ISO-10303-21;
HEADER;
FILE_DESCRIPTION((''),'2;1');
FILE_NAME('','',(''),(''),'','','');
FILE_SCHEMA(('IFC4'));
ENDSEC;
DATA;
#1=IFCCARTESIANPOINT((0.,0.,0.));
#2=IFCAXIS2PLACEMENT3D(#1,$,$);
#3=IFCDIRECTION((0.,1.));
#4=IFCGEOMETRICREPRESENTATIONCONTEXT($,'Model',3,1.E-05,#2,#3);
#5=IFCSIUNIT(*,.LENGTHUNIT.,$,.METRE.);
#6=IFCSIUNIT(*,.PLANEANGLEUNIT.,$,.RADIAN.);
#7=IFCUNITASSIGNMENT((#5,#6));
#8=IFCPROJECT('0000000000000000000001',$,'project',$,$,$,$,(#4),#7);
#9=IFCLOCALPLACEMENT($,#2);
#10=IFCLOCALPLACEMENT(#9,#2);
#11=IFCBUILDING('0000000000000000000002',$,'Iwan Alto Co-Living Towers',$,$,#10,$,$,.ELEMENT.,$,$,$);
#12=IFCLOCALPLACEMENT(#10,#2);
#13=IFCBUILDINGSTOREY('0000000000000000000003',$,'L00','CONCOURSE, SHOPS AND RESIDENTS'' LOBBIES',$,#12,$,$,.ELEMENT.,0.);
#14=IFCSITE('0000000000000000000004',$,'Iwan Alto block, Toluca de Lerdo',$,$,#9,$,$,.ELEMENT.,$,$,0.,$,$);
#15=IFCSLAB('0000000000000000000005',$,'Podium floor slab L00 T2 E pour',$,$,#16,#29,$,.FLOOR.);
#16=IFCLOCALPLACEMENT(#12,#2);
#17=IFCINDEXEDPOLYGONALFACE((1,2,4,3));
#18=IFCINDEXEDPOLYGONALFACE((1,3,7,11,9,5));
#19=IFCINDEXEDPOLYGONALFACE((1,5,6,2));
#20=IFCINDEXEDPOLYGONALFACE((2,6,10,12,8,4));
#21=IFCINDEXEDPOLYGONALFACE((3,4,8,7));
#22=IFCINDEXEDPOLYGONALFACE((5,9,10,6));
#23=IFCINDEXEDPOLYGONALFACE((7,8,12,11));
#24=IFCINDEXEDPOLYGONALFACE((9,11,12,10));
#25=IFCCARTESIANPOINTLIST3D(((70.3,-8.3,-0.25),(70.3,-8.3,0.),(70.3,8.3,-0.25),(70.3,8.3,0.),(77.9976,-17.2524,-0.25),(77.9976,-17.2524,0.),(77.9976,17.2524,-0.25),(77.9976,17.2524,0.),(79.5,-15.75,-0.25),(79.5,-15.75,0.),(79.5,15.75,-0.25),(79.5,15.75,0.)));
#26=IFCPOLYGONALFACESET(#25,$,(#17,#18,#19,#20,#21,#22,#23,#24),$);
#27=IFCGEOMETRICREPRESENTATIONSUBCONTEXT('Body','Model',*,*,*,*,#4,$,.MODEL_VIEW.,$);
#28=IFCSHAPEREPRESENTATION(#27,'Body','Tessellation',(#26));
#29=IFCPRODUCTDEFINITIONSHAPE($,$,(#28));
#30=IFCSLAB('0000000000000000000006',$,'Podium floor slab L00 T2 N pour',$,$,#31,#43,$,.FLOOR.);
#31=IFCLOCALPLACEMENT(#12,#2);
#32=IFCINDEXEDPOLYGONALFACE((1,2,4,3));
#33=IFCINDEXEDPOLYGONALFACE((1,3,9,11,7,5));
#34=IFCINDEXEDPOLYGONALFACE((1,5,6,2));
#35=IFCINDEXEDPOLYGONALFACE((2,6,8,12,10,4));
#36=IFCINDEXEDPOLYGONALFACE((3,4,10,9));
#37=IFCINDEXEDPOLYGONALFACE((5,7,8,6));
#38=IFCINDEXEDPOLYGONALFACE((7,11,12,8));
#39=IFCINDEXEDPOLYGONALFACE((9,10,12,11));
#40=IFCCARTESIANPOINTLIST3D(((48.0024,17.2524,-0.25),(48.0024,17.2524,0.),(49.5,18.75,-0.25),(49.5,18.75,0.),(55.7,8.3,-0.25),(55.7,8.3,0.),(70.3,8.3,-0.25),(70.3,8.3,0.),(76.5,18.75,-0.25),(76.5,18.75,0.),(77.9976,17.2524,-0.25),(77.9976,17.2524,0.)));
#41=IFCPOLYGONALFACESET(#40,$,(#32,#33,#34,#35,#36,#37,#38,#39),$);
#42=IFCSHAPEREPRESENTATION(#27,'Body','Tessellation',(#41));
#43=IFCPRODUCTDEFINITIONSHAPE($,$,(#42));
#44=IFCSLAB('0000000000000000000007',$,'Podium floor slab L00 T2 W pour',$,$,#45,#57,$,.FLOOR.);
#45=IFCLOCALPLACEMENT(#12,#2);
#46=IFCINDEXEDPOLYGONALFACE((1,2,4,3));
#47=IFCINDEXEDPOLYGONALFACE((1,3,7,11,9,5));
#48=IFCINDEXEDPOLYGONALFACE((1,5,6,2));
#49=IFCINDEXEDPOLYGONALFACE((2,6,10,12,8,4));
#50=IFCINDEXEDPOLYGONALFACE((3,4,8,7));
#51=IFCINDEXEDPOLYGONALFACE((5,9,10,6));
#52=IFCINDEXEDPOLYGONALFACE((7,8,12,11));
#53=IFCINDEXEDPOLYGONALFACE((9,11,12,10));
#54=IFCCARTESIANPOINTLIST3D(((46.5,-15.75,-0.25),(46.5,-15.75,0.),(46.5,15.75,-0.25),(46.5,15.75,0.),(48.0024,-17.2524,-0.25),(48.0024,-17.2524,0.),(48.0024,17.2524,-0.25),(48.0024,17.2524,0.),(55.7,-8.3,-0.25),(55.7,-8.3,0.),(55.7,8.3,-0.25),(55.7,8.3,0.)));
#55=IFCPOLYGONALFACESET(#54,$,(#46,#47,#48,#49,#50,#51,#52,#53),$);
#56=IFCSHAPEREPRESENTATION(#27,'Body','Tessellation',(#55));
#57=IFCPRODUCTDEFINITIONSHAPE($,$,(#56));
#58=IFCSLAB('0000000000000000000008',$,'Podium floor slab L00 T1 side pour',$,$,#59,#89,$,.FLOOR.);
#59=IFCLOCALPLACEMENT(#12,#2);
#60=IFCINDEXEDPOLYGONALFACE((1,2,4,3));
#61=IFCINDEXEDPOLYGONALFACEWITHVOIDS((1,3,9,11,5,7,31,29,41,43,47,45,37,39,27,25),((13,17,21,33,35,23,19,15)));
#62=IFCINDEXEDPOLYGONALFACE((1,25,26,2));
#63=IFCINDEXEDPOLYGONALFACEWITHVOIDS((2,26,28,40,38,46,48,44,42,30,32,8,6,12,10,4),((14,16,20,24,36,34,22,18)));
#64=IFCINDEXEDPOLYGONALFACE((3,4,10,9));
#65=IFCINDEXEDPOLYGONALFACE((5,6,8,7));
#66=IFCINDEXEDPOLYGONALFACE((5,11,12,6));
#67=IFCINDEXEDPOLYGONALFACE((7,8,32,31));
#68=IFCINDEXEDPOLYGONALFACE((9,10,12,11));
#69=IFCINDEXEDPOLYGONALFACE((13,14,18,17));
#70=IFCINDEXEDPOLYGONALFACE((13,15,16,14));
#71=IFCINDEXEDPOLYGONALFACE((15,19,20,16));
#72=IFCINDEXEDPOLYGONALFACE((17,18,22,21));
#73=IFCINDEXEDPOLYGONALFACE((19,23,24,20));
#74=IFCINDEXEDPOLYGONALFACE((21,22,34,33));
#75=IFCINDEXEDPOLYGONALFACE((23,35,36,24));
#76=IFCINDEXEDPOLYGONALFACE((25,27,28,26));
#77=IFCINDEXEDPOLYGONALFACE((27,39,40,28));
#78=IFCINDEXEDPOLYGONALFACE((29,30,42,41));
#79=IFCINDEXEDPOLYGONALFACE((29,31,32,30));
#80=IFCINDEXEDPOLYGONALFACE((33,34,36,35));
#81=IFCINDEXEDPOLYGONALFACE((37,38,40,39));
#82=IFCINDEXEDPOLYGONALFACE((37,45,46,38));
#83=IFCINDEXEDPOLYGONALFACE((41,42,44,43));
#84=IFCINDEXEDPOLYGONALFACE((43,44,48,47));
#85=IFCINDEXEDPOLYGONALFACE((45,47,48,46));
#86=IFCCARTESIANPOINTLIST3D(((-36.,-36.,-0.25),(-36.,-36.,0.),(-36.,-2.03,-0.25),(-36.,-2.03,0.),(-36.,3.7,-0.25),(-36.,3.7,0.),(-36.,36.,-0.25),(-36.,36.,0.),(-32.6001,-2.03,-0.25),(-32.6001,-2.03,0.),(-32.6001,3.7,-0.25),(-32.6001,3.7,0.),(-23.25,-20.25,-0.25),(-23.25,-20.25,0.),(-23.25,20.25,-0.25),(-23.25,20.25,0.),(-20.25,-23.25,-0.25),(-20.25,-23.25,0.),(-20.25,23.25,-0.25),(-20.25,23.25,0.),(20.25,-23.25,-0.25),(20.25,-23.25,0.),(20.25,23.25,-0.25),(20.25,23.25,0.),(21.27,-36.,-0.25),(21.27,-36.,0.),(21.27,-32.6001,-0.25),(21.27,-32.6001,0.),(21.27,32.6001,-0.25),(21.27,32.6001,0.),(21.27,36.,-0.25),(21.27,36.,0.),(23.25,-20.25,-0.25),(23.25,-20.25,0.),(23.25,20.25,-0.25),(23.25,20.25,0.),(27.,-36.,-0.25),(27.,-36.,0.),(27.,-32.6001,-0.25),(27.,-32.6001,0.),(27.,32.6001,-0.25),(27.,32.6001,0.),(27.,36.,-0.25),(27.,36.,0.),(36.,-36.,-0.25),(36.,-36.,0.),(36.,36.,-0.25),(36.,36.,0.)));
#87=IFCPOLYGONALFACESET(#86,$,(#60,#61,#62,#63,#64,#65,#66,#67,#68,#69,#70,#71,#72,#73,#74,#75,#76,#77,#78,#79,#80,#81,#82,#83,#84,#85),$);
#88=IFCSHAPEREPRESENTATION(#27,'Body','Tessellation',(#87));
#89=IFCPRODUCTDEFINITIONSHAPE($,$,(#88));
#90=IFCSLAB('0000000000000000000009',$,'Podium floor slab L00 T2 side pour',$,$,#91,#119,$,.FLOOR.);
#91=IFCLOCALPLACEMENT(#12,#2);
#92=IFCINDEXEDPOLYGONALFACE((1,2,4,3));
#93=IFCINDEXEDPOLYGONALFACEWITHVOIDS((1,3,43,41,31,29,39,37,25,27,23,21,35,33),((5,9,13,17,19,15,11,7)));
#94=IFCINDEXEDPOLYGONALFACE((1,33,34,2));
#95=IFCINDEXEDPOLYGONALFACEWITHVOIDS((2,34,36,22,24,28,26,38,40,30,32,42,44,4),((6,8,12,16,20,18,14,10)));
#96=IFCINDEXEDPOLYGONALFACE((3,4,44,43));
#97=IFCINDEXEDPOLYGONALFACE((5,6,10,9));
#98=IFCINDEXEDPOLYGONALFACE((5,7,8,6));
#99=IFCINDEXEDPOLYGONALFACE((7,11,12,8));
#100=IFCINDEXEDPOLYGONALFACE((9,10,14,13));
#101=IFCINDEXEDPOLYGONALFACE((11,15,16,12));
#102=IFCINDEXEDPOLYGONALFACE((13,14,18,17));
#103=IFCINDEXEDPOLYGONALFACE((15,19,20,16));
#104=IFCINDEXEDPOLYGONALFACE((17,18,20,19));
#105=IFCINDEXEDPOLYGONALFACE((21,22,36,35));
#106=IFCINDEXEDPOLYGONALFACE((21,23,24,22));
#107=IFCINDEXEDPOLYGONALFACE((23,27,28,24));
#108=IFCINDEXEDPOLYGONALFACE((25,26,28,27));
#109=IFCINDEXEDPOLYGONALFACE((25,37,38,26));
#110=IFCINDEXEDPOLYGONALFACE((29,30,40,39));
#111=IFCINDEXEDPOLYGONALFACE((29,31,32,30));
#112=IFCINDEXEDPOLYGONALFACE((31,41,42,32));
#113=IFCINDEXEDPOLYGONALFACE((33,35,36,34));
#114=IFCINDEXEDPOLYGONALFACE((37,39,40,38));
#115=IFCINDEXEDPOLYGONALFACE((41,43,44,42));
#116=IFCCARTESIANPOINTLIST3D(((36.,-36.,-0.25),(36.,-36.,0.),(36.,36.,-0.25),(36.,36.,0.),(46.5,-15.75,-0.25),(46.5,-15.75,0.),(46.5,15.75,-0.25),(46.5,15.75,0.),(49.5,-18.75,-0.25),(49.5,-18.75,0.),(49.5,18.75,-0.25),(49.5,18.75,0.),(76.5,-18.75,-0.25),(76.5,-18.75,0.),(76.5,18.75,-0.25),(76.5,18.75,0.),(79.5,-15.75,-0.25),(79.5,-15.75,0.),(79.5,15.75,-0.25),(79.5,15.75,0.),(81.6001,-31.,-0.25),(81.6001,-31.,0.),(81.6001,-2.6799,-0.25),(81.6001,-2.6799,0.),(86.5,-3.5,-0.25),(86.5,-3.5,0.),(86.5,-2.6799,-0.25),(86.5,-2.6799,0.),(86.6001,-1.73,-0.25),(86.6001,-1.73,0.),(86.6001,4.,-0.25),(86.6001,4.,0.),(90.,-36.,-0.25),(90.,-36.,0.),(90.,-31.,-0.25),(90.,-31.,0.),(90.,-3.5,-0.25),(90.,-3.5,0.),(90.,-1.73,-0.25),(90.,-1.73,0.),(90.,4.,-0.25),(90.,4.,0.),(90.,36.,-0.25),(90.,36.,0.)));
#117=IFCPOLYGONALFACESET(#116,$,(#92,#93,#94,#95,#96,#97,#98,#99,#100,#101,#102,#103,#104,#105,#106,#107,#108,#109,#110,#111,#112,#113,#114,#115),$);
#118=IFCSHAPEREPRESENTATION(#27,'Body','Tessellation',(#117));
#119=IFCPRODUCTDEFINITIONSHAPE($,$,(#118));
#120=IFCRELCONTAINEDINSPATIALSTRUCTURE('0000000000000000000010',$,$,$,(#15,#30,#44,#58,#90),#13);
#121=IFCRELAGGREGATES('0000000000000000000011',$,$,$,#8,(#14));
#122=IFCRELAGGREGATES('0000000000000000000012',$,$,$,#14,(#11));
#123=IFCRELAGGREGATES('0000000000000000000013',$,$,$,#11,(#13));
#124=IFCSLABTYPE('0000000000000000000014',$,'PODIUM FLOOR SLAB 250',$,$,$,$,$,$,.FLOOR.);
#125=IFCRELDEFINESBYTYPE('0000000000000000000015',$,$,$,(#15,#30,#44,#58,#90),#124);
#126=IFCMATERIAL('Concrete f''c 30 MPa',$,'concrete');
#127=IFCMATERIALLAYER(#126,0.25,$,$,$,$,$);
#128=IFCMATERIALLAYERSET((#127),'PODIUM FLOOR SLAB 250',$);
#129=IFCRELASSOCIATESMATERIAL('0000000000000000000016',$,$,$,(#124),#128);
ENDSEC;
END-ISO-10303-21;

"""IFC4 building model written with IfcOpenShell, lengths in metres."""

from ifc_helpers import new_model, si_unit, direction, frame, origin, place, context, subcontext, project, spatial, polyline, outline, extrude, material, layer, layer_set, type_object, element, save


model = new_model("IFC4")

# Units and contexts
model_context = context("Model", 3, precision=1e-05, world=origin(), true_north=direction((0.0, 1.0)))
body_context = subcontext(model_context, "Body", "Model", "MODEL_VIEW")
ifc_project = project(units=[si_unit("LENGTHUNIT", "METRE"), si_unit("PLANEANGLEUNIT", "RADIAN")], contexts=[model_context])

# Site, building, storey
site_placement = place(None, origin())
site = spatial("IfcSite", under=ifc_project, at=site_placement, Name="Iwan Alto block, Toluca de Lerdo", CompositionType="ELEMENT", RefElevation=0.0)
building_placement = place(site_placement, origin())
building = spatial("IfcBuilding", under=site, at=building_placement, Name="Iwan Alto Co-Living Towers", CompositionType="ELEMENT")
storey_placement = place(building_placement, origin())
storey = spatial("IfcBuildingStorey", under=building, at=storey_placement, Name="L00", Description="CONCOURSE, SHOPS AND RESIDENTS' LOBBIES", CompositionType="ELEMENT", Elevation=0.0)

# Slabs
ifc_material_1 = material(Name="Concrete f'c 30 MPa", Category="concrete")
ifc_layer_1 = layer(ifc_material_1, 0.25)
ifc_layer_set_1 = layer_set([ifc_layer_1], Name="PODIUM FLOOR SLAB 250")
slab_type_1 = type_object("IfcSlabType", Name="PODIUM FLOOR SLAB 250", PredefinedType="FLOOR", material=ifc_layer_set_1)
slab_1_placement = place(storey_placement, frame((0.0, 0.0, -0.25)))
element("IfcSlab", 1, at=slab_1_placement, inside=storey, type_object=slab_type_1, Name="Podium floor slab L00 T2 E pour", PredefinedType="FLOOR", context=body_context, shape_type="SweptSolid", body=[
    extrude(outline(polyline([(79.5, 15.75), (79.5, -15.75), (77.9976, -17.2524), (70.3, -8.3), (70.3, 8.3), (77.9976, 17.2524), (79.5, 15.75)])), origin(), (0.0, 0.0, 1.0), 0.25),
])
slab_2_placement = place(storey_placement, frame((0.0, 0.0, -0.25)))
element("IfcSlab", 2, at=slab_2_placement, inside=storey, type_object=slab_type_1, Name="Podium floor slab L00 T2 N pour", PredefinedType="FLOOR", context=body_context, shape_type="SweptSolid", body=[
    extrude(outline(polyline([(49.5, 18.75), (76.5, 18.75), (77.9976, 17.2524), (70.3, 8.3), (55.7, 8.3), (48.0024, 17.2524), (49.5, 18.75)])), origin(), (0.0, 0.0, 1.0), 0.25),
])
slab_3_placement = place(storey_placement, frame((0.0, 0.0, -0.25)))
element("IfcSlab", 3, at=slab_3_placement, inside=storey, type_object=slab_type_1, Name="Podium floor slab L00 T2 W pour", PredefinedType="FLOOR", context=body_context, shape_type="SweptSolid", body=[
    extrude(outline(polyline([(46.5, 15.75), (48.0024, 17.2524), (55.7, 8.3), (55.7, -8.3), (48.0024, -17.2524), (46.5, -15.75), (46.5, 15.75)])), origin(), (0.0, 0.0, 1.0), 0.25),
])
slab_4_placement = place(storey_placement, frame((0.0, 0.0, -0.25)))
element("IfcSlab", 4, at=slab_4_placement, inside=storey, type_object=slab_type_1, Name="Podium floor slab L00 T1 side pour", PredefinedType="FLOOR", context=body_context, shape_type="SweptSolid", body=[
    extrude(outline(polyline([(-36.0, 3.7), (-36.0, 36.0), (21.27, 36.0), (21.27, 32.6001), (27.0, 32.6001), (27.0, 36.0), (36.0, 36.0), (36.0, -36.0), (27.0, -36.0), (27.0, -32.6001), (21.27, -32.6001), (21.27, -36.0), (-36.0, -36.0), (-36.0, -2.03), (-32.6001, -2.03), (-32.6001, 3.7), (-36.0, 3.7)]), holes=[polyline([(20.25, -23.25), (23.25, -20.25), (23.25, 20.25), (20.25, 23.25), (-20.25, 23.25), (-23.25, 20.25), (-23.25, -20.25), (-20.25, -23.25), (20.25, -23.25)])]), origin(), (0.0, 0.0, 1.0), 0.25),
])
slab_5_placement = place(storey_placement, frame((0.0, 0.0, -0.25)))
element("IfcSlab", 5, at=slab_5_placement, inside=storey, type_object=slab_type_1, Name="Podium floor slab L00 T2 side pour", PredefinedType="FLOOR", context=body_context, shape_type="SweptSolid", body=[
    extrude(outline(polyline([(90.0, 36.0), (90.0, 4.0), (86.6001, 4.0), (86.6001, -1.73), (90.0, -1.73), (90.0, -3.5), (86.5, -3.5), (86.5, -2.6799), (81.6001, -2.6799), (81.6001, -31.0), (90.0, -31.0), (90.0, -36.0), (36.0, -36.0), (36.0, 36.0), (90.0, 36.0)]), holes=[polyline([(76.5, -18.75), (79.5, -15.75), (79.5, 15.75), (76.5, 18.75), (49.5, 18.75), (46.5, 15.75), (46.5, -15.75), (49.5, -18.75), (76.5, -18.75)])]), origin(), (0.0, 0.0, 1.0), 0.25),
])

save(model, "model.ifc")
